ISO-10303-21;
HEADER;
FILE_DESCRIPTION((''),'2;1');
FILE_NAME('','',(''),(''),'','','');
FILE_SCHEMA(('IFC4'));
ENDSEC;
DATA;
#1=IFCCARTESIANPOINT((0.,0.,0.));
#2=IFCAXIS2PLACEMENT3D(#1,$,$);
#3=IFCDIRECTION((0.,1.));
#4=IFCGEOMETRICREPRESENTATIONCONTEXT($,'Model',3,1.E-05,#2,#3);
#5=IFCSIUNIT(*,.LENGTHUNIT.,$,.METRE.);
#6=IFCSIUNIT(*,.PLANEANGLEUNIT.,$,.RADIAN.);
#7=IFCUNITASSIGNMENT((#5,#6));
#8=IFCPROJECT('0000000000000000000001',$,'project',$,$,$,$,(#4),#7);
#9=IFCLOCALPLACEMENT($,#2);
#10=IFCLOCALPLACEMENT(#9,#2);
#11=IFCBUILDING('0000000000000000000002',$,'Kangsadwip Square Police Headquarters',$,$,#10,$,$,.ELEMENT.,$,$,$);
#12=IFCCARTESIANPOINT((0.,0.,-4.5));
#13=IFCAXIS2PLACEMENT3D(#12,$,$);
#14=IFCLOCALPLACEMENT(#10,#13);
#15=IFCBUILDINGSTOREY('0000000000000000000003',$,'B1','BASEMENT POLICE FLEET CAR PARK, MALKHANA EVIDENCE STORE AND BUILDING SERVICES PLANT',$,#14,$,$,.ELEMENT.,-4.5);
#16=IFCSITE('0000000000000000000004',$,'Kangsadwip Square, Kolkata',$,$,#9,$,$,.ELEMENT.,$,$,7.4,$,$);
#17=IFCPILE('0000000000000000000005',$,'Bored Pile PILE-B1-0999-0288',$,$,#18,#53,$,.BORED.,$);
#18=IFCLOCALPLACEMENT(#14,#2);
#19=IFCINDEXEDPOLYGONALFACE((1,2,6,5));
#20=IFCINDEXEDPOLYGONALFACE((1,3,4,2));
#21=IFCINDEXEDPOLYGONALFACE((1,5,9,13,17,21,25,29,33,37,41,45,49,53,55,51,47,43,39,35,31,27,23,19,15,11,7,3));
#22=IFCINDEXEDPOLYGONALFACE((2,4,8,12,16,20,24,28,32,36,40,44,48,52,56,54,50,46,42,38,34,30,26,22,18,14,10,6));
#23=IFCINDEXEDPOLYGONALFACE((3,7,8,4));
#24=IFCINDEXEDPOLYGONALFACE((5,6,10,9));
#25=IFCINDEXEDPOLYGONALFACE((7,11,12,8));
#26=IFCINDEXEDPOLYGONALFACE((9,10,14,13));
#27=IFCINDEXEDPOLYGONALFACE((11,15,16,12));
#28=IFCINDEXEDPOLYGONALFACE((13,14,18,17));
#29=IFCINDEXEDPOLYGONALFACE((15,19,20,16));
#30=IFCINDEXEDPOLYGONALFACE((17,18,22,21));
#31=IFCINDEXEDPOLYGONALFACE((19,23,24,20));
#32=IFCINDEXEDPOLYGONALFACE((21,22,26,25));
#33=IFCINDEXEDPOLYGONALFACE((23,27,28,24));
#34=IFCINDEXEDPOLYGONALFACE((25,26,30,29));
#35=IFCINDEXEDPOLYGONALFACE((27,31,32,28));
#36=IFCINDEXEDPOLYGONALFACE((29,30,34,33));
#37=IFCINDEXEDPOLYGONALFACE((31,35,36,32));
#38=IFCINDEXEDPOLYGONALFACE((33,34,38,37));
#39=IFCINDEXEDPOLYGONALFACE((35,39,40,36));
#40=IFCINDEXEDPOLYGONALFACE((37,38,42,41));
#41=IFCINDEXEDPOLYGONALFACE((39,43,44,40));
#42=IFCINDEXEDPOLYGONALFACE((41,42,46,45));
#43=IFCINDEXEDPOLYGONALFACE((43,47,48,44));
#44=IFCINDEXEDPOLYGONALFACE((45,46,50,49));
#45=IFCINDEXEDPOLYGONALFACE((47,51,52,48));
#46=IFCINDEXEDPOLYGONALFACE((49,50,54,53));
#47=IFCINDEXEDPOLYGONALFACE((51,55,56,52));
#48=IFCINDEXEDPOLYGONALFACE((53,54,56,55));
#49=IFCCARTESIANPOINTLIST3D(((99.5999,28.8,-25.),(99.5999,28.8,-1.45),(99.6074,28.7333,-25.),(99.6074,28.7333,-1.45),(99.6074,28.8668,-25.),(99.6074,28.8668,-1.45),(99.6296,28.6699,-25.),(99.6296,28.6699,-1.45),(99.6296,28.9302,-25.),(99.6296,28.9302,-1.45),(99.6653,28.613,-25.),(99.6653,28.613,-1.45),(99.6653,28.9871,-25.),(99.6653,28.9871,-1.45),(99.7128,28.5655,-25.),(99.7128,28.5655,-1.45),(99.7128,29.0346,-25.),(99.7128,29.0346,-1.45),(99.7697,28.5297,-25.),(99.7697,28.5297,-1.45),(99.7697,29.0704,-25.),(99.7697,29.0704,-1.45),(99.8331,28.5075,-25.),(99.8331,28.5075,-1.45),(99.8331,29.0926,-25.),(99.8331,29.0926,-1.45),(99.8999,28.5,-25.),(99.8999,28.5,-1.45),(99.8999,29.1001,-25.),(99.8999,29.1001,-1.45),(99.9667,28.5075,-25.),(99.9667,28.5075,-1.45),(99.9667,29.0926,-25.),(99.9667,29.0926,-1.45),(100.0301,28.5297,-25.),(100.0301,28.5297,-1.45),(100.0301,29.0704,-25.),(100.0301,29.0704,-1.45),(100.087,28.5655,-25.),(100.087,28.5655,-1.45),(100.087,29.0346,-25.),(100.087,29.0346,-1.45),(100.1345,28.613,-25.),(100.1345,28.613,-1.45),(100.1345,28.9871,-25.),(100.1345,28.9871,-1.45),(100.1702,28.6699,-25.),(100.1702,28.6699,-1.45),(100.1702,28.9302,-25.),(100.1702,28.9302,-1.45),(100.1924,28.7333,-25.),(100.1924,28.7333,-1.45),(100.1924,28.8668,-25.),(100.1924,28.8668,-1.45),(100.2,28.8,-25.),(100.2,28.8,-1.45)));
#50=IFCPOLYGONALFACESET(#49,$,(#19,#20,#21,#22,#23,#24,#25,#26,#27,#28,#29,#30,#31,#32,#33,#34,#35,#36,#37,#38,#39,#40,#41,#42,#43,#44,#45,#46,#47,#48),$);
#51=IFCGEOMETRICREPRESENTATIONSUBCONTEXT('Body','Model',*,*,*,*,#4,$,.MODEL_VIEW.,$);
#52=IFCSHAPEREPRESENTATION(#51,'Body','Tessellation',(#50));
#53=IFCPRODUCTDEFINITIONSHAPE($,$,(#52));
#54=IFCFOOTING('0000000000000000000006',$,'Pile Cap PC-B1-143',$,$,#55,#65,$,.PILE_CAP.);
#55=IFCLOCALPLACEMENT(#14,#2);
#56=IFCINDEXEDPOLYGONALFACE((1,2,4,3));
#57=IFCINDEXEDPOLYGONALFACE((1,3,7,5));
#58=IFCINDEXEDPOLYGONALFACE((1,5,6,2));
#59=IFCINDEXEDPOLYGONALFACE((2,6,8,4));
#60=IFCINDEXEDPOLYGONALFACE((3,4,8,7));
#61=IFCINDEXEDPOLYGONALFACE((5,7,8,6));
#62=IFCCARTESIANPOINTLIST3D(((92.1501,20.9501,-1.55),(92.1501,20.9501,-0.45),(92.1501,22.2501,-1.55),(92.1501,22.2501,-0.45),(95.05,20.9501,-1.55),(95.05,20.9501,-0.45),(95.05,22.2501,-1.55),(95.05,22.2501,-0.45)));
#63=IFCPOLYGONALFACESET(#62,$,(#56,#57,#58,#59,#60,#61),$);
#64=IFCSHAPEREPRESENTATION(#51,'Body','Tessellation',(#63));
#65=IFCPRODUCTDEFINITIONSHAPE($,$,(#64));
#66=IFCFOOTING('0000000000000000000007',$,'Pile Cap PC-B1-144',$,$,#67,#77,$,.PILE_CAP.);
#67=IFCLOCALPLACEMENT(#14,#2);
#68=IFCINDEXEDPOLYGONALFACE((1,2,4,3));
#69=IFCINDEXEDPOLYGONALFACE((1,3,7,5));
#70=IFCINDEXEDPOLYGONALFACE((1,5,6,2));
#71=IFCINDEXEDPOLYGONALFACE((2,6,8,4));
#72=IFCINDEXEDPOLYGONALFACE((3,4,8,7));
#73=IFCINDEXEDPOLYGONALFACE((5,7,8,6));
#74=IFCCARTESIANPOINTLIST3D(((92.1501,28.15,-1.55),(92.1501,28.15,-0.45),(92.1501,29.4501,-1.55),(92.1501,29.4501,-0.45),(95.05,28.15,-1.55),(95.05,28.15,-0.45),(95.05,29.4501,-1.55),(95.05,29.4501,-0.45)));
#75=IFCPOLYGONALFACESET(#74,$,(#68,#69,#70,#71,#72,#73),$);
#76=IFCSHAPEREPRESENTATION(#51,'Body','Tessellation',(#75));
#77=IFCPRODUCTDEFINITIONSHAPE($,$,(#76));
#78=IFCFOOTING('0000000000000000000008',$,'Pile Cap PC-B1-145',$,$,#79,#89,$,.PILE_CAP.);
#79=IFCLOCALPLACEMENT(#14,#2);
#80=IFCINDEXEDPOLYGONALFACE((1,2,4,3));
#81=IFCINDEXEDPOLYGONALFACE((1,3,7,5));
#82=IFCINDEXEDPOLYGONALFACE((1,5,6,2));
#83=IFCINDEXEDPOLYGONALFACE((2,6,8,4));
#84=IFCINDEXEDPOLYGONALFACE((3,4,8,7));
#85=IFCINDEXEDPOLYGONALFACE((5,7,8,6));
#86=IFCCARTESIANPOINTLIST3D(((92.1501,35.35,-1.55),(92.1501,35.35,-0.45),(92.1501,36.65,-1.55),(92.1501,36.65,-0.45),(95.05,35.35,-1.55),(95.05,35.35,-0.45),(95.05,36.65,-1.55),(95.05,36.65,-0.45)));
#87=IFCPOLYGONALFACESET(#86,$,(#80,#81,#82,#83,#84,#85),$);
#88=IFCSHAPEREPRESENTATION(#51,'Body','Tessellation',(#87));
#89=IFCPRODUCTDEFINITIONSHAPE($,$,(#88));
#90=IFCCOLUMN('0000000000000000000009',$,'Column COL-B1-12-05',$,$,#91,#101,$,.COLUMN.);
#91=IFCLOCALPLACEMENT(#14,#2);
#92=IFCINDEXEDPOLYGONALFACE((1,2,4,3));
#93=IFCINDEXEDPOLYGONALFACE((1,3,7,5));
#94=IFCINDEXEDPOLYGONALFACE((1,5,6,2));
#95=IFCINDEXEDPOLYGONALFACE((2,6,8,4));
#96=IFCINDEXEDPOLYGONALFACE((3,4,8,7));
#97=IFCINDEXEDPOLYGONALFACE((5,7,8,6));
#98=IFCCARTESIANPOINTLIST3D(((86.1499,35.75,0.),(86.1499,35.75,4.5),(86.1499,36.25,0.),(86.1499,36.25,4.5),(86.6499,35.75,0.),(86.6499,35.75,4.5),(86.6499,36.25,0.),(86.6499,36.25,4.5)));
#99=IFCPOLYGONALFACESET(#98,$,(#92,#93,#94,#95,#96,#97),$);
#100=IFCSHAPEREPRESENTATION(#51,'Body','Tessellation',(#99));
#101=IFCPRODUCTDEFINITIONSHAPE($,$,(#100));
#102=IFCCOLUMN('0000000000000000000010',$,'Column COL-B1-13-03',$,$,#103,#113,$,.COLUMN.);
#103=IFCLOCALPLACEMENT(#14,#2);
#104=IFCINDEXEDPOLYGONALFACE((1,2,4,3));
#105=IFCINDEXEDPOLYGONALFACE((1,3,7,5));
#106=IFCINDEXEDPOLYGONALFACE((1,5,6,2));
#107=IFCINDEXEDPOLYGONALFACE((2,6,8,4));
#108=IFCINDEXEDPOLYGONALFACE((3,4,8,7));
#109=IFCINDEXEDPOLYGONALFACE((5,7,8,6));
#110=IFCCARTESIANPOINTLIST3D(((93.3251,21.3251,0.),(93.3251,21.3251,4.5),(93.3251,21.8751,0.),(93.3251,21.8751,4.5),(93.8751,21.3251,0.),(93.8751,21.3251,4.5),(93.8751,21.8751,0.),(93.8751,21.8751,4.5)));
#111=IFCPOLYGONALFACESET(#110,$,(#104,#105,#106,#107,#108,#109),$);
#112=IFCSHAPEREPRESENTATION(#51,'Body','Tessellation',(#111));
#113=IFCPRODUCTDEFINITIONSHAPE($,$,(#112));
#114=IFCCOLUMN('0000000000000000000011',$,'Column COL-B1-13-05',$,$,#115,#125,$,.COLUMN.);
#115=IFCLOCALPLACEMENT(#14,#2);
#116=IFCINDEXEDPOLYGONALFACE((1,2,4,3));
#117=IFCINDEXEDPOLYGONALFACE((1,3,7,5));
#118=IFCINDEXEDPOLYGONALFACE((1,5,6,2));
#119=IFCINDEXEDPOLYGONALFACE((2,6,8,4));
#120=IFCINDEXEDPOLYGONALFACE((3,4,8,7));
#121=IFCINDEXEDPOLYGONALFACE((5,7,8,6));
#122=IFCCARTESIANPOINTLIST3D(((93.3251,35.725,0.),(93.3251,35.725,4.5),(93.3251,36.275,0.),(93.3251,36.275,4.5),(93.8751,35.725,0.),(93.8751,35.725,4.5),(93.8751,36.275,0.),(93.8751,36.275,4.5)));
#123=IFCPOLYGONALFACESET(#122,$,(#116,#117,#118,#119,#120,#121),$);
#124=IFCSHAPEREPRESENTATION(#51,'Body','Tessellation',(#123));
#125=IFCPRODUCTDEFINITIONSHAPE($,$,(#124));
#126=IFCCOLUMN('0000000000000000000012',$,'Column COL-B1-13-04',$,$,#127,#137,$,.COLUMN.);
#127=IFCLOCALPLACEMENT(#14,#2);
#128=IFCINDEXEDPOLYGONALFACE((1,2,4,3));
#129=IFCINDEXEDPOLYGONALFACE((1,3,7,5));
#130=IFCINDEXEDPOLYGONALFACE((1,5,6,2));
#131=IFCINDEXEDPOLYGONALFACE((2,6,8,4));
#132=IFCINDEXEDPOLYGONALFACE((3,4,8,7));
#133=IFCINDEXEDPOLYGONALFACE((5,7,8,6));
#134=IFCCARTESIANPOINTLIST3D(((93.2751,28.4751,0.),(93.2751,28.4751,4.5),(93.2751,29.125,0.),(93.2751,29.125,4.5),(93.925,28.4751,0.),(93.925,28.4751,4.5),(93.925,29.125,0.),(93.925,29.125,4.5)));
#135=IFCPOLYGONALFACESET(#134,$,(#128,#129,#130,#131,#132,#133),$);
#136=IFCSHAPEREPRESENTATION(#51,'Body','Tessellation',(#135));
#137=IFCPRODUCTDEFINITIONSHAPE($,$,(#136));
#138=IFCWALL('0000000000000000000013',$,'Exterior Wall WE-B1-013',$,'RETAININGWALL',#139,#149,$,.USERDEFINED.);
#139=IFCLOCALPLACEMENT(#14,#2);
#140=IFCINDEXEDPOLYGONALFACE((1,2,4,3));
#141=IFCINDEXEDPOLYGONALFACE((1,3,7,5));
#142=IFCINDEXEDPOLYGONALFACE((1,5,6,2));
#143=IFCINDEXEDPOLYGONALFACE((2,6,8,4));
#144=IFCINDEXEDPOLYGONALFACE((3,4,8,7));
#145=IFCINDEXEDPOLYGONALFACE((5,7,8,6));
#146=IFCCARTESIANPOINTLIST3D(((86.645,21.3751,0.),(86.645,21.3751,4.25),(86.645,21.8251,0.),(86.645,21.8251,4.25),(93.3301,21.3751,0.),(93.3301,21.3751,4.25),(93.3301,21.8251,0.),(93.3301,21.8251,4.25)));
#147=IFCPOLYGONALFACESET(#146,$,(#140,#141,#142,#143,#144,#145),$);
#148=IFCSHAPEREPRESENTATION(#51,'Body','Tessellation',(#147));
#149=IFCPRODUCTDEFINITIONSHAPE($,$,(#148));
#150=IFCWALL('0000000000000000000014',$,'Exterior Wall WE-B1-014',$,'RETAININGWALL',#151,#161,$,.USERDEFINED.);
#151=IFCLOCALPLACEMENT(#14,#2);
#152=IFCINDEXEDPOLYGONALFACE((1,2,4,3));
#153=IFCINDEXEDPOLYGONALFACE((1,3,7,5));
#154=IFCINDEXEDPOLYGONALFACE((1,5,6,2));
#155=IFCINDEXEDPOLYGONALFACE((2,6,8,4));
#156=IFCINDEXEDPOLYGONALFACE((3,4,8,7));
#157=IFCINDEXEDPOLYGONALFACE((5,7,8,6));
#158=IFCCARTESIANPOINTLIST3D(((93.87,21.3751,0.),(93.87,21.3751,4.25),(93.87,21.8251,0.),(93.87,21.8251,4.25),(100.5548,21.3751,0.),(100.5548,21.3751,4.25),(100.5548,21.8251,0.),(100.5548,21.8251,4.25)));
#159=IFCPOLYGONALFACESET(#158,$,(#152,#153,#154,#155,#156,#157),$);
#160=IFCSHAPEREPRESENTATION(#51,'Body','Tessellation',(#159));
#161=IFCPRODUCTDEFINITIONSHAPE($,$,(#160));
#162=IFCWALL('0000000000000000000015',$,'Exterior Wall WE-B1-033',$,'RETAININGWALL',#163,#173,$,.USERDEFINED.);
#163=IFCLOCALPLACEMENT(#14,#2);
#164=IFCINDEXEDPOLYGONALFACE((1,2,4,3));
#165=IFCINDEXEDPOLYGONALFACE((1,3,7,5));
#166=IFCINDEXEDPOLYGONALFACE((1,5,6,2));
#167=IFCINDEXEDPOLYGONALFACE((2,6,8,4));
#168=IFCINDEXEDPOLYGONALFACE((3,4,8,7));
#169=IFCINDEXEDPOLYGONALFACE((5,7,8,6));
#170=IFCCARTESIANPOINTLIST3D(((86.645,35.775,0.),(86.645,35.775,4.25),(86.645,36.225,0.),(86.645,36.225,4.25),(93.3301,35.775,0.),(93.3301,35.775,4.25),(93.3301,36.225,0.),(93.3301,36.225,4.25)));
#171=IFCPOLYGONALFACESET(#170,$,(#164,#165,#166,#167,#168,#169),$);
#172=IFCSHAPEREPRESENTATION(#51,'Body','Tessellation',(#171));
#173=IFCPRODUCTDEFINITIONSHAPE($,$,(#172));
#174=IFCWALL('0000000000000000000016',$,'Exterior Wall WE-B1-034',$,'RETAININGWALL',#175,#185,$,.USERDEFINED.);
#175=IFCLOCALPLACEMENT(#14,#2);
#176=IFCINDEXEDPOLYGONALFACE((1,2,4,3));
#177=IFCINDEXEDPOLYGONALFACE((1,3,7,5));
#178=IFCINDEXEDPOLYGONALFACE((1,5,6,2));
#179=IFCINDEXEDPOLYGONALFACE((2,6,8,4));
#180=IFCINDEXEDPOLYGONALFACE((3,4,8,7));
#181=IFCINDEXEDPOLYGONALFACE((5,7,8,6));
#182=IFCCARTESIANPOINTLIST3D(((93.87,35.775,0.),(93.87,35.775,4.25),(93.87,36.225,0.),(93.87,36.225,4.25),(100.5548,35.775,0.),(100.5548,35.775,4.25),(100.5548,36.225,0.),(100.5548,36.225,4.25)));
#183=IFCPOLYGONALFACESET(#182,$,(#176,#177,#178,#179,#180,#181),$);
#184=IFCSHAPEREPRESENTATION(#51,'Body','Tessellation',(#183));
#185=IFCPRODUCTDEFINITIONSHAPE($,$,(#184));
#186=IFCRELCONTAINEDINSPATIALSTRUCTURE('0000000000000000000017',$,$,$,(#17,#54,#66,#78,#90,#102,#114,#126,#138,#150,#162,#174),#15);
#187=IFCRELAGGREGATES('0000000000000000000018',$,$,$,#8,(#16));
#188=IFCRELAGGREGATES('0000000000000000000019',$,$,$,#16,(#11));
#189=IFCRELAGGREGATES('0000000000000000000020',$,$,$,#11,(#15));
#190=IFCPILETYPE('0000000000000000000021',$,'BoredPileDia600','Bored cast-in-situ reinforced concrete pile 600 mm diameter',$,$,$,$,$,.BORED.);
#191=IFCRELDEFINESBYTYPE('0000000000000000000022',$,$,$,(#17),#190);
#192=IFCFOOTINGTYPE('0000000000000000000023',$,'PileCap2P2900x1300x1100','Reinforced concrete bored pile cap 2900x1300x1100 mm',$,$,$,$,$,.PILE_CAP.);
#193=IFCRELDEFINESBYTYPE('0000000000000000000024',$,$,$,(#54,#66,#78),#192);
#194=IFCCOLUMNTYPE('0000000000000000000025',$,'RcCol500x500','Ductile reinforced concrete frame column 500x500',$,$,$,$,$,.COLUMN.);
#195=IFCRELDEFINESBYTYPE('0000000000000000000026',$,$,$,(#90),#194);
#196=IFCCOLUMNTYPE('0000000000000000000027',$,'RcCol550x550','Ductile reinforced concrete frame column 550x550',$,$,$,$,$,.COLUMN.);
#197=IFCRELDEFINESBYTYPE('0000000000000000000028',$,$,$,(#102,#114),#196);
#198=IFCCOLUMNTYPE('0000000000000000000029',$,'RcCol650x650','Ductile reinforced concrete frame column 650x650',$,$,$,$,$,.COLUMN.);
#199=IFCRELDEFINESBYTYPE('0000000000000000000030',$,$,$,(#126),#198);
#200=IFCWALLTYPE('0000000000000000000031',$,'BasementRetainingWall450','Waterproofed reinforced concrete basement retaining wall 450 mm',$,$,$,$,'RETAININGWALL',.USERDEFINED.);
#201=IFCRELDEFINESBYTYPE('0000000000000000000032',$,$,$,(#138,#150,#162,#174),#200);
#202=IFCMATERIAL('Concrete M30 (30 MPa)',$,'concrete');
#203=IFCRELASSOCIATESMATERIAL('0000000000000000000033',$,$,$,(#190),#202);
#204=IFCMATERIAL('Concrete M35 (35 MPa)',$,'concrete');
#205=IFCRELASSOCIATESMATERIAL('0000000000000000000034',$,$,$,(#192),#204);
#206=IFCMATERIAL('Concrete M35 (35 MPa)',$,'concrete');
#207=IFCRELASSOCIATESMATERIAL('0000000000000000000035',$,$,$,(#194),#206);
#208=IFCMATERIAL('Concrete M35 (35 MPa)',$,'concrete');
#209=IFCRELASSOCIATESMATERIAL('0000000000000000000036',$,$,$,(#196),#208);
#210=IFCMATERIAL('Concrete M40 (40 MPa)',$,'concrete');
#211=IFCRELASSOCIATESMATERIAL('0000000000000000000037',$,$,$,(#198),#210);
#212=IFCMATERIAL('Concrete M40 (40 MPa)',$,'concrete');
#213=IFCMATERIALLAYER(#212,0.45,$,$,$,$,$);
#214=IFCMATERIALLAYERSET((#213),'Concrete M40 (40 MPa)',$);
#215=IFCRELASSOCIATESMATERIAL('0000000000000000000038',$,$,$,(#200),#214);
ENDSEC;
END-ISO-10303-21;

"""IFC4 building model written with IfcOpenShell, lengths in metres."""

from ifc_helpers import new_model, si_unit, direction, frame, frame_2d, origin, origin_2d, place, context, subcontext, project, spatial, rectangle, circle, extrude, material, layer, layer_set, material_profile, profile_set, type_object, element, save


model = new_model("IFC4")

# Units and contexts
model_context = context("Model", 3, precision=1e-05, world=origin(), true_north=direction((0.0, 1.0)))
body_context = subcontext(model_context, "Body", "Model", "MODEL_VIEW")
ifc_project = project(units=[si_unit("LENGTHUNIT", "METRE"), si_unit("PLANEANGLEUNIT", "RADIAN")], contexts=[model_context])

# Site, building, storey
site_placement = place(None, origin())
site = spatial("IfcSite", under=ifc_project, at=site_placement, Name="Kangsadwip Square, Kolkata", CompositionType="ELEMENT", RefElevation=7.4)
building_placement = place(site_placement, origin())
building = spatial("IfcBuilding", under=site, at=building_placement, Name="Kangsadwip Square Police Headquarters", CompositionType="ELEMENT")
storey_placement = place(building_placement, frame((0.0, 0.0, -4.5)))
storey = spatial("IfcBuildingStorey", under=building, at=storey_placement, Name="B1", Description="BASEMENT POLICE FLEET CAR PARK, MALKHANA EVIDENCE STORE AND BUILDING SERVICES PLANT", CompositionType="ELEMENT", Elevation=-4.5)

# Pile
ifc_material_1 = material(Name="Concrete M30 (30 MPa)", Category="concrete")
ifc_material_profile_1 = material_profile(ifc_material_1, circle(Radius=0.3, at=origin_2d()), Name="PILE DIA 600")
ifc_profile_set_1 = profile_set([ifc_material_profile_1], Name="Concrete M30 (30 MPa)")
pile_type = type_object("IfcPileType", Name="BoredPileDia600", Description="Bored cast-in-situ reinforced concrete pile 600 mm diameter", PredefinedType="BORED", material=ifc_profile_set_1)
for number, where, z_axis, x_axis, name in (
    (1, (99.8999, 28.8, -1.45), (0.0, 0.0, -1.0), (1.0, 0.0, 0.0), "Bored Pile PILE-B1-0999-0288"),
):
    element("IfcPile", number, at=place(storey_placement, frame(where, z_axis=z_axis, x_axis=x_axis)), inside=storey, type_object=pile_type, Name=name, PredefinedType="BORED", context=body_context, shape_type="SweptSolid", body=[
        extrude(circle(Radius=0.3, at=origin_2d()), origin(), (0.0, 0.0, 1.0), 23.55),
    ])

# Footings
ifc_material_2 = material(Name="Concrete M35 (35 MPa)", Category="concrete")
footing_type = type_object("IfcFootingType", Name="PileCap2P2900x1300x1100", Description="Reinforced concrete bored pile cap 2900x1300x1100 mm", PredefinedType="PILE_CAP", material=ifc_material_2)
for number, where, z_axis, x_axis, name in (
    (2, (93.6001, 21.6001, -1.55), (0.0, 0.0, 1.0), (1.0, 0.0, 0.0), "Pile Cap PC-B1-143"),
    (3, (93.6001, 28.8, -1.55), (0.0, 0.0, 1.0), (1.0, 0.0, 0.0), "Pile Cap PC-B1-144"),
    (4, (93.6001, 36.0, -1.55), (0.0, 0.0, 1.0), (1.0, 0.0, 0.0), "Pile Cap PC-B1-145"),
):
    element("IfcFooting", number, at=place(storey_placement, frame(where, z_axis=z_axis, x_axis=x_axis)), inside=storey, type_object=footing_type, Name=name, PredefinedType="PILE_CAP", context=body_context, shape_type="SweptSolid", body=[
        extrude(rectangle(XDim=2.8999, YDim=1.3, at=origin_2d()), origin(), (0.0, 0.0, 1.0), 1.1001),
    ])

# Columns
ifc_material_3 = material(Name="Concrete M35 (35 MPa)", Category="concrete")
ifc_material_profile_2 = material_profile(ifc_material_3, rectangle(XDim=0.5, YDim=0.5, at=origin_2d()), Name="RC COL 500X500")
ifc_profile_set_2 = profile_set([ifc_material_profile_2], Name="Concrete M35 (35 MPa)")
column_type_1 = type_object("IfcColumnType", Name="RcCol500x500", Description="Ductile reinforced concrete frame column 500x500", PredefinedType="COLUMN", material=ifc_profile_set_2)
column_1_placement = place(storey_placement, frame((86.3999, 36.0, 0.0), z_axis=(0.0, 0.0, 1.0), x_axis=(1.0, 0.0, 0.0)))
element("IfcColumn", 5, at=column_1_placement, inside=storey, type_object=column_type_1, Name="Column COL-B1-12-05", PredefinedType="COLUMN", context=body_context, shape_type="SweptSolid", body=[
    extrude(rectangle(XDim=0.5, YDim=0.5, at=origin_2d()), origin(), (0.0, 0.0, 1.0), 4.5),
])
ifc_material_4 = material(Name="Concrete M35 (35 MPa)", Category="concrete")
ifc_material_profile_3 = material_profile(ifc_material_4, rectangle(XDim=0.55, YDim=0.55, at=origin_2d()), Name="RC COL 550X550")
ifc_profile_set_3 = profile_set([ifc_material_profile_3], Name="Concrete M35 (35 MPa)")
column_type_2 = type_object("IfcColumnType", Name="RcCol550x550", Description="Ductile reinforced concrete frame column 550x550", PredefinedType="COLUMN", material=ifc_profile_set_3)
for number, where, z_axis, x_axis, name in (
    (6, (93.6001, 21.6001, 0.0), (0.0, 0.0, 1.0), (1.0, 0.0, 0.0), "Column COL-B1-13-03"),
    (7, (93.6001, 36.0, 0.0), (0.0, 0.0, 1.0), (1.0, 0.0, 0.0), "Column COL-B1-13-05"),
):
    element("IfcColumn", number, at=place(storey_placement, frame(where, z_axis=z_axis, x_axis=x_axis)), inside=storey, type_object=column_type_2, Name=name, PredefinedType="COLUMN", context=body_context, shape_type="SweptSolid", body=[
        extrude(rectangle(XDim=0.55, YDim=0.55, at=origin_2d()), origin(), (0.0, 0.0, 1.0), 4.5),
    ])
ifc_material_5 = material(Name="Concrete M40 (40 MPa)", Category="concrete")
ifc_material_profile_4 = material_profile(ifc_material_5, rectangle(XDim=0.6499, YDim=0.6499, at=origin_2d()), Name="RC COL 650X650")
ifc_profile_set_4 = profile_set([ifc_material_profile_4], Name="Concrete M40 (40 MPa)")
column_type_3 = type_object("IfcColumnType", Name="RcCol650x650", Description="Ductile reinforced concrete frame column 650x650", PredefinedType="COLUMN", material=ifc_profile_set_4)
column_2_placement = place(storey_placement, frame((93.6001, 28.8, 0.0), z_axis=(0.0, 0.0, 1.0), x_axis=(1.0, 0.0, 0.0)))
element("IfcColumn", 8, at=column_2_placement, inside=storey, type_object=column_type_3, Name="Column COL-B1-13-04", PredefinedType="COLUMN", context=body_context, shape_type="SweptSolid", body=[
    extrude(rectangle(XDim=0.6499, YDim=0.6499, at=origin_2d()), origin(), (0.0, 0.0, 1.0), 4.5),
])

# Walls
ifc_material_6 = material(Name="Concrete M40 (40 MPa)", Category="concrete")
ifc_layer = layer(ifc_material_6, 0.45)
ifc_layer_set = layer_set([ifc_layer], Name="Concrete M40 (40 MPa)")
wall_type = type_object("IfcWallType", Name="BasementRetainingWall450", Description="Waterproofed reinforced concrete basement retaining wall 450 mm", ElementType="RETAININGWALL", PredefinedType="USERDEFINED", material=ifc_layer_set)
wall_1_placement = place(storey_placement, frame((86.645, 21.6001, 0.0), z_axis=(0.0, 0.0, 1.0), x_axis=(1.0, 0.0, 0.0)))
element("IfcWall", 9, at=wall_1_placement, inside=storey, type_object=wall_type, Name="Exterior Wall WE-B1-013", ObjectType="RETAININGWALL", PredefinedType="USERDEFINED", context=body_context, shape_type="SweptSolid", body=[
    extrude(rectangle(XDim=6.6851, YDim=0.45, at=frame_2d((3.3425, 0.0))), origin(), (0.0, 0.0, 1.0), 4.25),
])
wall_2_placement = place(storey_placement, frame((93.8701, 21.6001, 0.0), z_axis=(0.0, 0.0, 1.0), x_axis=(1.0, 0.0, 0.0)))
element("IfcWall", 10, at=wall_2_placement, inside=storey, type_object=wall_type, Name="Exterior Wall WE-B1-014", ObjectType="RETAININGWALL", PredefinedType="USERDEFINED", context=body_context, shape_type="SweptSolid", body=[
    extrude(rectangle(XDim=6.6848, YDim=0.45, at=frame_2d((3.3423, 0.0))), origin(), (0.0, 0.0, 1.0), 4.25),
])
wall_3_placement = place(storey_placement, frame((86.645, 36.0, 0.0), z_axis=(0.0, 0.0, 1.0), x_axis=(1.0, 0.0, 0.0)))
element("IfcWall", 11, at=wall_3_placement, inside=storey, type_object=wall_type, Name="Exterior Wall WE-B1-033", ObjectType="RETAININGWALL", PredefinedType="USERDEFINED", context=body_context, shape_type="SweptSolid", body=[
    extrude(rectangle(XDim=6.6851, YDim=0.45, at=frame_2d((3.3425, 0.0))), origin(), (0.0, 0.0, 1.0), 4.25),
])
wall_4_placement = place(storey_placement, frame((93.8701, 36.0, 0.0), z_axis=(0.0, 0.0, 1.0), x_axis=(1.0, 0.0, 0.0)))
element("IfcWall", 12, at=wall_4_placement, inside=storey, type_object=wall_type, Name="Exterior Wall WE-B1-034", ObjectType="RETAININGWALL", PredefinedType="USERDEFINED", context=body_context, shape_type="SweptSolid", body=[
    extrude(rectangle(XDim=6.6848, YDim=0.45, at=frame_2d((3.3423, 0.0))), origin(), (0.0, 0.0, 1.0), 4.25),
])

save(model, "model.ifc")
